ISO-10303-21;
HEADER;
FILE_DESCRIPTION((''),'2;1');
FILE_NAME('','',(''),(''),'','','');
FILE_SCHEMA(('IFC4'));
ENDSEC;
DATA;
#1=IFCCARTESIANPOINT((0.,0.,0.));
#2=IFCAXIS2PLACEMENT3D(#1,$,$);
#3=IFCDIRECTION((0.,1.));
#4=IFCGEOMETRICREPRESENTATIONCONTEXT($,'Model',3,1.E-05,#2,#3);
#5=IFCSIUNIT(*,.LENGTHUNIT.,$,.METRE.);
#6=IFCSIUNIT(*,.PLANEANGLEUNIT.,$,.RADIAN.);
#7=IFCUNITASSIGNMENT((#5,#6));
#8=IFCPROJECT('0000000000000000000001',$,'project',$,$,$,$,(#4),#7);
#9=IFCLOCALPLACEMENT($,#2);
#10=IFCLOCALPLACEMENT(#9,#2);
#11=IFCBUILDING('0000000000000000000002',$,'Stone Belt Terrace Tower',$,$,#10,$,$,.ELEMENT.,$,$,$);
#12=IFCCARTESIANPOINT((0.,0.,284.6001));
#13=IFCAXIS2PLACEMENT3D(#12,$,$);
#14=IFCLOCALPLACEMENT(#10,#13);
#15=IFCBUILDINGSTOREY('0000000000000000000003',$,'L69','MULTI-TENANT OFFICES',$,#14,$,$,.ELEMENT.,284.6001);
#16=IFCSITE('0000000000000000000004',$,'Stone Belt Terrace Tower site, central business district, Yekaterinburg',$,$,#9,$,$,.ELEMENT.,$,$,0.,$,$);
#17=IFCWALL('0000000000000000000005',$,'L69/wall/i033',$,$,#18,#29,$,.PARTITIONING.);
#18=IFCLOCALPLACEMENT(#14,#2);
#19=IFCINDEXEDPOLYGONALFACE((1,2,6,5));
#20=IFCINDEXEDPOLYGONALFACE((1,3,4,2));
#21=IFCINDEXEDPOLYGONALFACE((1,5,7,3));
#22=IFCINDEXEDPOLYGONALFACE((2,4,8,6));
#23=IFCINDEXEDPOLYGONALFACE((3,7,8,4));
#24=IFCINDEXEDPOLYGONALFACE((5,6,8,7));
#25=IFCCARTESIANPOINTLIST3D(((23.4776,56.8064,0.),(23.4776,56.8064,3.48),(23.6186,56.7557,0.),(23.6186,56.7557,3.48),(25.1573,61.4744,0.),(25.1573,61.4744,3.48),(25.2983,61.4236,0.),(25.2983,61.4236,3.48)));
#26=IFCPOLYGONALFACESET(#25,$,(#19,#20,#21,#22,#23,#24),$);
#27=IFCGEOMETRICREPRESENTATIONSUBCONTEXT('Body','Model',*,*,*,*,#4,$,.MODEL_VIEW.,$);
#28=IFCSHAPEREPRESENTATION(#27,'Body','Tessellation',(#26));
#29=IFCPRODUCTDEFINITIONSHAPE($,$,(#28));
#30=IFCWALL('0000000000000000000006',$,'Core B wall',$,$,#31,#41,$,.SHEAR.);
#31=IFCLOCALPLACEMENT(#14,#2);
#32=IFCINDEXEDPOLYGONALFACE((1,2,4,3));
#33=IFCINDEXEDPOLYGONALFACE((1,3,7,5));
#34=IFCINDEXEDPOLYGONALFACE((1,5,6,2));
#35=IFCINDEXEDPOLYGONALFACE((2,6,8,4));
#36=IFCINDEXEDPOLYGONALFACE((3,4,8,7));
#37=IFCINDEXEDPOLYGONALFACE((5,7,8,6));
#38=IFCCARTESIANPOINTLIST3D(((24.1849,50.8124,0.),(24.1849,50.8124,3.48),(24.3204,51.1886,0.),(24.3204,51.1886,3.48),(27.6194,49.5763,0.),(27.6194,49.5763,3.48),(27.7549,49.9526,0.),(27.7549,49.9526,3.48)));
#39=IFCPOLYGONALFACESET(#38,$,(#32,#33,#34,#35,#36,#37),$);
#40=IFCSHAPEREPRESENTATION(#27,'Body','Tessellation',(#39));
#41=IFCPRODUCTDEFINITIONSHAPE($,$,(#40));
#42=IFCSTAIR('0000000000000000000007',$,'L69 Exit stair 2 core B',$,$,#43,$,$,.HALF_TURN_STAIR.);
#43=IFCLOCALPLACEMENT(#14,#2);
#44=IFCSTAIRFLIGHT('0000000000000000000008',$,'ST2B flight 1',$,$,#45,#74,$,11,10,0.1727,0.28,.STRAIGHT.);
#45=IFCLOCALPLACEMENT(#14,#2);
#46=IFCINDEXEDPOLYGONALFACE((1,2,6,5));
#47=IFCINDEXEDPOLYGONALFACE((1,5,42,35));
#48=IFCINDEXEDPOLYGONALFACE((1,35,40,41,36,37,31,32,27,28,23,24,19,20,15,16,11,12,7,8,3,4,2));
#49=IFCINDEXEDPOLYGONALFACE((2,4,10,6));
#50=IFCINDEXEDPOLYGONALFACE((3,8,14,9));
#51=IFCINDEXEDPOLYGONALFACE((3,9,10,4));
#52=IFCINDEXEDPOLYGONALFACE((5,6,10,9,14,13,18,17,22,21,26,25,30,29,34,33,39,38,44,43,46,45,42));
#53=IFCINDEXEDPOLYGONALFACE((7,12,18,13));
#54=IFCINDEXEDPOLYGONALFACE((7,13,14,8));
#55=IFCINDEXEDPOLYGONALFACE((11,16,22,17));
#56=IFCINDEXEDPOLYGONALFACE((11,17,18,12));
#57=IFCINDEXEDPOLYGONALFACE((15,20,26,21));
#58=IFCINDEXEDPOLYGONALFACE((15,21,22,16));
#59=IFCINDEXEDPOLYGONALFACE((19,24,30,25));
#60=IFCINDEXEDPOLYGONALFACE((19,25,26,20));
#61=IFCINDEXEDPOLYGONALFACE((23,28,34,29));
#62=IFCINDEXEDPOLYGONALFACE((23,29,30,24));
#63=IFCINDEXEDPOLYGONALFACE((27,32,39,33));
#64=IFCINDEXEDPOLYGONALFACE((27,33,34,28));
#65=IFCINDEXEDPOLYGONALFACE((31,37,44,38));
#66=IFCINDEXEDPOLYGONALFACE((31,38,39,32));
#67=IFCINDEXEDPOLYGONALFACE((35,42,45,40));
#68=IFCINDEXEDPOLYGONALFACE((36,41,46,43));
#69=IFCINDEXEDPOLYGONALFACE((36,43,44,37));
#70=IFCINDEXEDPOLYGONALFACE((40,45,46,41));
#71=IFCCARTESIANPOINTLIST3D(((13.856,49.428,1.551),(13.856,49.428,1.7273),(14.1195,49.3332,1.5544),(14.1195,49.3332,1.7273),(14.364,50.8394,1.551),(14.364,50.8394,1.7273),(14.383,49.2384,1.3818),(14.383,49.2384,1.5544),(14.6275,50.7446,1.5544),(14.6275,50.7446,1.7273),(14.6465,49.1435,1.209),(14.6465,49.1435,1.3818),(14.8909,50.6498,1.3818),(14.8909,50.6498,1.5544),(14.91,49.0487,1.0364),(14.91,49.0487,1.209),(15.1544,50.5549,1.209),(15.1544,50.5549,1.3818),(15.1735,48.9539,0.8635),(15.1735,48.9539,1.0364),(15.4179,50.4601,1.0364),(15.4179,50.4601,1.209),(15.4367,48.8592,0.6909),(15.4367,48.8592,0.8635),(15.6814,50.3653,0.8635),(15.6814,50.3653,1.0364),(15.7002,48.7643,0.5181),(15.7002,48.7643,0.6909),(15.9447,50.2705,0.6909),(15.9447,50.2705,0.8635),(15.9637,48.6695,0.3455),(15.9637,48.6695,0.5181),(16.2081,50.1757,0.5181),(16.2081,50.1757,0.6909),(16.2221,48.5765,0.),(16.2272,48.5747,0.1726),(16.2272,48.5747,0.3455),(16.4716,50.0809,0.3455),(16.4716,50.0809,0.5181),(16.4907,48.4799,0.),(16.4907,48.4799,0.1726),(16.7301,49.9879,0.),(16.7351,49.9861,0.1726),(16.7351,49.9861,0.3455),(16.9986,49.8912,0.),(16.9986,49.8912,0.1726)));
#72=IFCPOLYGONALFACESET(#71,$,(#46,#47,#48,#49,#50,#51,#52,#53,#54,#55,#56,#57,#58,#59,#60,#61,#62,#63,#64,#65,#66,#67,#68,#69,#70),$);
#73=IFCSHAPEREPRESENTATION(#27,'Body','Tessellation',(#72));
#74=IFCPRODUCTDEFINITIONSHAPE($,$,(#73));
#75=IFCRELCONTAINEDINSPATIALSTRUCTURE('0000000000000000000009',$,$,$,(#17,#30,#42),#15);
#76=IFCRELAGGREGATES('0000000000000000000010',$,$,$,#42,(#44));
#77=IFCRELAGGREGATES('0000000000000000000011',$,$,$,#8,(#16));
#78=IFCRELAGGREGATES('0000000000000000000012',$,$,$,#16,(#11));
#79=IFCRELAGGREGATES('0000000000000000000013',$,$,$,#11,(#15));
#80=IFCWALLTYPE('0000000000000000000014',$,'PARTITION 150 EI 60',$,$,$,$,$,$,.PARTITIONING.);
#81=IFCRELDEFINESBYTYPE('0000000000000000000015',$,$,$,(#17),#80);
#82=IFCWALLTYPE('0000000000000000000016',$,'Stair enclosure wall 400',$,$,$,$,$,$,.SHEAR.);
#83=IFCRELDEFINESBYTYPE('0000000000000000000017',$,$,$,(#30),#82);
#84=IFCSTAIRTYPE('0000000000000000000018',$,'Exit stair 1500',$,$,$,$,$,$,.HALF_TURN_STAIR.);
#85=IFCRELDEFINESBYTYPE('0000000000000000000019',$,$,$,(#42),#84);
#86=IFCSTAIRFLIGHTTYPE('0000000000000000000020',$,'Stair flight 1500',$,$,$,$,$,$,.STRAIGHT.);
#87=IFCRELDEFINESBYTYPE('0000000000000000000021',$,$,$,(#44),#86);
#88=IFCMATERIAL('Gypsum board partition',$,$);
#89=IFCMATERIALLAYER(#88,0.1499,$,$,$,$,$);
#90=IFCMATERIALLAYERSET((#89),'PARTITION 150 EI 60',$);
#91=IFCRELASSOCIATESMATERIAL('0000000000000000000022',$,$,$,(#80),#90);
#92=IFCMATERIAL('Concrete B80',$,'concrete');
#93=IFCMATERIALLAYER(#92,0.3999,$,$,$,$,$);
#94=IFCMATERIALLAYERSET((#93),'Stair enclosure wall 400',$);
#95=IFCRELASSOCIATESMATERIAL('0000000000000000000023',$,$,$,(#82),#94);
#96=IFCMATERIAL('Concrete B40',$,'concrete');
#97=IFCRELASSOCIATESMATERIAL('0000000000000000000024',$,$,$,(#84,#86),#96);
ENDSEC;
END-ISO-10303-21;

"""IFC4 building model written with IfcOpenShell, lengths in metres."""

from ifc_helpers import new_model, si_unit, direction, frame, frame_2d, origin, place, context, subcontext, project, spatial, polyline, rectangle, outline, extrude, material, layer, layer_set, type_object, element, aggregate, save


model = new_model("IFC4")

# Units and contexts
model_context = context("Model", 3, precision=1e-05, world=origin(), true_north=direction((0.0, 1.0)))
body_context = subcontext(model_context, "Body", "Model", "MODEL_VIEW")
ifc_project = project(units=[si_unit("LENGTHUNIT", "METRE"), si_unit("PLANEANGLEUNIT", "RADIAN")], contexts=[model_context])

# Site, building, storey
site_placement = place(None, origin())
site = spatial("IfcSite", under=ifc_project, at=site_placement, Name="Stone Belt Terrace Tower site, central business district, Yekaterinburg", CompositionType="ELEMENT", RefElevation=0.0)
building_placement = place(site_placement, origin())
building = spatial("IfcBuilding", under=site, at=building_placement, Name="Stone Belt Terrace Tower", CompositionType="ELEMENT")
storey_placement = place(building_placement, frame((0.0, 0.0, 284.6001)))
storey = spatial("IfcBuildingStorey", under=building, at=storey_placement, Name="L69", Description="MULTI-TENANT OFFICES", CompositionType="ELEMENT", Elevation=284.6001)

# Shared definitions
ifc_material_1 = material(Name="Concrete B80", Category="concrete")

# Walls
ifc_material_2 = material(Name="Gypsum board partition")
ifc_layer_1 = layer(ifc_material_2, 0.1499)
ifc_layer_set_1 = layer_set([ifc_layer_1], Name="PARTITION 150 EI 60")
wall_type_1 = type_object("IfcWallType", Name="PARTITION 150 EI 60", PredefinedType="PARTITIONING", material=ifc_layer_set_1)
wall_1_placement = place(storey_placement, frame((25.2278, 61.449, 0.0), z_axis=(0.0, 0.0, 1.0), x_axis=(-0.33858, -0.940938, 0.0)))
element("IfcWall", 1, at=wall_1_placement, inside=storey, type_object=wall_type_1, Name="L69/wall/i033", PredefinedType="PARTITIONING", context=body_context, shape_type="SweptSolid", body=[
    extrude(rectangle(XDim=4.9609, YDim=0.1499, at=frame_2d((2.4805, 0.0))), origin(), (0.0, 0.0, 1.0), 3.48),
])
ifc_layer_2 = layer(ifc_material_1, 0.3999)
ifc_layer_set_2 = layer_set([ifc_layer_2], Name="Stair enclosure wall 400")
wall_type_2 = type_object("IfcWallType", Name="Stair enclosure wall 400", PredefinedType="SHEAR", material=ifc_layer_set_2)
wall_2_placement = place(storey_placement, frame((27.6873, 49.7644, 0.0), z_axis=(0.0, 0.0, 1.0), x_axis=(-0.940919, 0.338632, 0.0)))
element("IfcWall", 2, at=wall_2_placement, inside=storey, type_object=wall_type_2, Name="Core B wall", PredefinedType="SHEAR", context=body_context, shape_type="SweptSolid", body=[
    extrude(rectangle(XDim=3.6501, YDim=0.3999, at=frame_2d((1.8252, 0.0))), origin(), (0.0, 0.0, 1.0), 3.48),
])

# Stair, stair flight
ifc_material_3 = material(Name="Concrete B40", Category="concrete")
stair_type = type_object("IfcStairType", Name="Exit stair 1500", PredefinedType="HALF_TURN_STAIR", material=ifc_material_3)
stair_placement = place(storey_placement, origin())
stair = element("IfcStair", 3, at=stair_placement, inside=storey, type_object=stair_type, Name="L69 Exit stair 2 core B", PredefinedType="HALF_TURN_STAIR")
stair_flight_type = type_object("IfcStairFlightType", Name="Stair flight 1500", PredefinedType="STRAIGHT", material=ifc_material_3)
stair_flight_placement = place(storey_placement, frame((16.7446, 49.1855, 0.0), z_axis=(0.0, 0.0, 1.0), x_axis=(-0.940922, 0.338624, 0.0)))
stair_flight = element("IfcStairFlight", 4, at=stair_flight_placement, type_object=stair_flight_type, Name="ST2B flight 1", NumberOfRisers=11, NumberOfTreads=10, PredefinedType="STRAIGHT", RiserHeight=0.1727, TreadLength=0.28, context=body_context, shape_type="SweptSolid", body=[
    extrude(outline(polyline([(0.0, 0.0), (0.0, 0.1726), (0.28, 0.1726), (0.28, 0.3455), (0.5601, 0.3455), (0.5601, 0.5181), (0.8401, 0.5181), (0.8401, 0.6909), (1.1201, 0.6909), (1.1201, 0.8635), (1.3999, 0.8635), (1.3999, 1.0364), (1.6799, 1.0364), (1.6799, 1.209), (1.96, 1.209), (1.96, 1.3818), (2.24, 1.3818), (2.24, 1.5544), (2.52, 1.5544), (2.52, 1.7273), (2.8, 1.7273), (2.8, 1.8999), (2.8, 1.551), (0.2854, 0.0), (0.0, 0.0)])), frame((0.0, 0.75, 0.0), z_axis=(0.0, -1.0, 0.0), x_axis=(1.0, 0.0, 0.0)), (0.0, 0.0, 1.0), 1.5),
])
aggregate(stair, [stair_flight])

save(model, "model.ifc")
